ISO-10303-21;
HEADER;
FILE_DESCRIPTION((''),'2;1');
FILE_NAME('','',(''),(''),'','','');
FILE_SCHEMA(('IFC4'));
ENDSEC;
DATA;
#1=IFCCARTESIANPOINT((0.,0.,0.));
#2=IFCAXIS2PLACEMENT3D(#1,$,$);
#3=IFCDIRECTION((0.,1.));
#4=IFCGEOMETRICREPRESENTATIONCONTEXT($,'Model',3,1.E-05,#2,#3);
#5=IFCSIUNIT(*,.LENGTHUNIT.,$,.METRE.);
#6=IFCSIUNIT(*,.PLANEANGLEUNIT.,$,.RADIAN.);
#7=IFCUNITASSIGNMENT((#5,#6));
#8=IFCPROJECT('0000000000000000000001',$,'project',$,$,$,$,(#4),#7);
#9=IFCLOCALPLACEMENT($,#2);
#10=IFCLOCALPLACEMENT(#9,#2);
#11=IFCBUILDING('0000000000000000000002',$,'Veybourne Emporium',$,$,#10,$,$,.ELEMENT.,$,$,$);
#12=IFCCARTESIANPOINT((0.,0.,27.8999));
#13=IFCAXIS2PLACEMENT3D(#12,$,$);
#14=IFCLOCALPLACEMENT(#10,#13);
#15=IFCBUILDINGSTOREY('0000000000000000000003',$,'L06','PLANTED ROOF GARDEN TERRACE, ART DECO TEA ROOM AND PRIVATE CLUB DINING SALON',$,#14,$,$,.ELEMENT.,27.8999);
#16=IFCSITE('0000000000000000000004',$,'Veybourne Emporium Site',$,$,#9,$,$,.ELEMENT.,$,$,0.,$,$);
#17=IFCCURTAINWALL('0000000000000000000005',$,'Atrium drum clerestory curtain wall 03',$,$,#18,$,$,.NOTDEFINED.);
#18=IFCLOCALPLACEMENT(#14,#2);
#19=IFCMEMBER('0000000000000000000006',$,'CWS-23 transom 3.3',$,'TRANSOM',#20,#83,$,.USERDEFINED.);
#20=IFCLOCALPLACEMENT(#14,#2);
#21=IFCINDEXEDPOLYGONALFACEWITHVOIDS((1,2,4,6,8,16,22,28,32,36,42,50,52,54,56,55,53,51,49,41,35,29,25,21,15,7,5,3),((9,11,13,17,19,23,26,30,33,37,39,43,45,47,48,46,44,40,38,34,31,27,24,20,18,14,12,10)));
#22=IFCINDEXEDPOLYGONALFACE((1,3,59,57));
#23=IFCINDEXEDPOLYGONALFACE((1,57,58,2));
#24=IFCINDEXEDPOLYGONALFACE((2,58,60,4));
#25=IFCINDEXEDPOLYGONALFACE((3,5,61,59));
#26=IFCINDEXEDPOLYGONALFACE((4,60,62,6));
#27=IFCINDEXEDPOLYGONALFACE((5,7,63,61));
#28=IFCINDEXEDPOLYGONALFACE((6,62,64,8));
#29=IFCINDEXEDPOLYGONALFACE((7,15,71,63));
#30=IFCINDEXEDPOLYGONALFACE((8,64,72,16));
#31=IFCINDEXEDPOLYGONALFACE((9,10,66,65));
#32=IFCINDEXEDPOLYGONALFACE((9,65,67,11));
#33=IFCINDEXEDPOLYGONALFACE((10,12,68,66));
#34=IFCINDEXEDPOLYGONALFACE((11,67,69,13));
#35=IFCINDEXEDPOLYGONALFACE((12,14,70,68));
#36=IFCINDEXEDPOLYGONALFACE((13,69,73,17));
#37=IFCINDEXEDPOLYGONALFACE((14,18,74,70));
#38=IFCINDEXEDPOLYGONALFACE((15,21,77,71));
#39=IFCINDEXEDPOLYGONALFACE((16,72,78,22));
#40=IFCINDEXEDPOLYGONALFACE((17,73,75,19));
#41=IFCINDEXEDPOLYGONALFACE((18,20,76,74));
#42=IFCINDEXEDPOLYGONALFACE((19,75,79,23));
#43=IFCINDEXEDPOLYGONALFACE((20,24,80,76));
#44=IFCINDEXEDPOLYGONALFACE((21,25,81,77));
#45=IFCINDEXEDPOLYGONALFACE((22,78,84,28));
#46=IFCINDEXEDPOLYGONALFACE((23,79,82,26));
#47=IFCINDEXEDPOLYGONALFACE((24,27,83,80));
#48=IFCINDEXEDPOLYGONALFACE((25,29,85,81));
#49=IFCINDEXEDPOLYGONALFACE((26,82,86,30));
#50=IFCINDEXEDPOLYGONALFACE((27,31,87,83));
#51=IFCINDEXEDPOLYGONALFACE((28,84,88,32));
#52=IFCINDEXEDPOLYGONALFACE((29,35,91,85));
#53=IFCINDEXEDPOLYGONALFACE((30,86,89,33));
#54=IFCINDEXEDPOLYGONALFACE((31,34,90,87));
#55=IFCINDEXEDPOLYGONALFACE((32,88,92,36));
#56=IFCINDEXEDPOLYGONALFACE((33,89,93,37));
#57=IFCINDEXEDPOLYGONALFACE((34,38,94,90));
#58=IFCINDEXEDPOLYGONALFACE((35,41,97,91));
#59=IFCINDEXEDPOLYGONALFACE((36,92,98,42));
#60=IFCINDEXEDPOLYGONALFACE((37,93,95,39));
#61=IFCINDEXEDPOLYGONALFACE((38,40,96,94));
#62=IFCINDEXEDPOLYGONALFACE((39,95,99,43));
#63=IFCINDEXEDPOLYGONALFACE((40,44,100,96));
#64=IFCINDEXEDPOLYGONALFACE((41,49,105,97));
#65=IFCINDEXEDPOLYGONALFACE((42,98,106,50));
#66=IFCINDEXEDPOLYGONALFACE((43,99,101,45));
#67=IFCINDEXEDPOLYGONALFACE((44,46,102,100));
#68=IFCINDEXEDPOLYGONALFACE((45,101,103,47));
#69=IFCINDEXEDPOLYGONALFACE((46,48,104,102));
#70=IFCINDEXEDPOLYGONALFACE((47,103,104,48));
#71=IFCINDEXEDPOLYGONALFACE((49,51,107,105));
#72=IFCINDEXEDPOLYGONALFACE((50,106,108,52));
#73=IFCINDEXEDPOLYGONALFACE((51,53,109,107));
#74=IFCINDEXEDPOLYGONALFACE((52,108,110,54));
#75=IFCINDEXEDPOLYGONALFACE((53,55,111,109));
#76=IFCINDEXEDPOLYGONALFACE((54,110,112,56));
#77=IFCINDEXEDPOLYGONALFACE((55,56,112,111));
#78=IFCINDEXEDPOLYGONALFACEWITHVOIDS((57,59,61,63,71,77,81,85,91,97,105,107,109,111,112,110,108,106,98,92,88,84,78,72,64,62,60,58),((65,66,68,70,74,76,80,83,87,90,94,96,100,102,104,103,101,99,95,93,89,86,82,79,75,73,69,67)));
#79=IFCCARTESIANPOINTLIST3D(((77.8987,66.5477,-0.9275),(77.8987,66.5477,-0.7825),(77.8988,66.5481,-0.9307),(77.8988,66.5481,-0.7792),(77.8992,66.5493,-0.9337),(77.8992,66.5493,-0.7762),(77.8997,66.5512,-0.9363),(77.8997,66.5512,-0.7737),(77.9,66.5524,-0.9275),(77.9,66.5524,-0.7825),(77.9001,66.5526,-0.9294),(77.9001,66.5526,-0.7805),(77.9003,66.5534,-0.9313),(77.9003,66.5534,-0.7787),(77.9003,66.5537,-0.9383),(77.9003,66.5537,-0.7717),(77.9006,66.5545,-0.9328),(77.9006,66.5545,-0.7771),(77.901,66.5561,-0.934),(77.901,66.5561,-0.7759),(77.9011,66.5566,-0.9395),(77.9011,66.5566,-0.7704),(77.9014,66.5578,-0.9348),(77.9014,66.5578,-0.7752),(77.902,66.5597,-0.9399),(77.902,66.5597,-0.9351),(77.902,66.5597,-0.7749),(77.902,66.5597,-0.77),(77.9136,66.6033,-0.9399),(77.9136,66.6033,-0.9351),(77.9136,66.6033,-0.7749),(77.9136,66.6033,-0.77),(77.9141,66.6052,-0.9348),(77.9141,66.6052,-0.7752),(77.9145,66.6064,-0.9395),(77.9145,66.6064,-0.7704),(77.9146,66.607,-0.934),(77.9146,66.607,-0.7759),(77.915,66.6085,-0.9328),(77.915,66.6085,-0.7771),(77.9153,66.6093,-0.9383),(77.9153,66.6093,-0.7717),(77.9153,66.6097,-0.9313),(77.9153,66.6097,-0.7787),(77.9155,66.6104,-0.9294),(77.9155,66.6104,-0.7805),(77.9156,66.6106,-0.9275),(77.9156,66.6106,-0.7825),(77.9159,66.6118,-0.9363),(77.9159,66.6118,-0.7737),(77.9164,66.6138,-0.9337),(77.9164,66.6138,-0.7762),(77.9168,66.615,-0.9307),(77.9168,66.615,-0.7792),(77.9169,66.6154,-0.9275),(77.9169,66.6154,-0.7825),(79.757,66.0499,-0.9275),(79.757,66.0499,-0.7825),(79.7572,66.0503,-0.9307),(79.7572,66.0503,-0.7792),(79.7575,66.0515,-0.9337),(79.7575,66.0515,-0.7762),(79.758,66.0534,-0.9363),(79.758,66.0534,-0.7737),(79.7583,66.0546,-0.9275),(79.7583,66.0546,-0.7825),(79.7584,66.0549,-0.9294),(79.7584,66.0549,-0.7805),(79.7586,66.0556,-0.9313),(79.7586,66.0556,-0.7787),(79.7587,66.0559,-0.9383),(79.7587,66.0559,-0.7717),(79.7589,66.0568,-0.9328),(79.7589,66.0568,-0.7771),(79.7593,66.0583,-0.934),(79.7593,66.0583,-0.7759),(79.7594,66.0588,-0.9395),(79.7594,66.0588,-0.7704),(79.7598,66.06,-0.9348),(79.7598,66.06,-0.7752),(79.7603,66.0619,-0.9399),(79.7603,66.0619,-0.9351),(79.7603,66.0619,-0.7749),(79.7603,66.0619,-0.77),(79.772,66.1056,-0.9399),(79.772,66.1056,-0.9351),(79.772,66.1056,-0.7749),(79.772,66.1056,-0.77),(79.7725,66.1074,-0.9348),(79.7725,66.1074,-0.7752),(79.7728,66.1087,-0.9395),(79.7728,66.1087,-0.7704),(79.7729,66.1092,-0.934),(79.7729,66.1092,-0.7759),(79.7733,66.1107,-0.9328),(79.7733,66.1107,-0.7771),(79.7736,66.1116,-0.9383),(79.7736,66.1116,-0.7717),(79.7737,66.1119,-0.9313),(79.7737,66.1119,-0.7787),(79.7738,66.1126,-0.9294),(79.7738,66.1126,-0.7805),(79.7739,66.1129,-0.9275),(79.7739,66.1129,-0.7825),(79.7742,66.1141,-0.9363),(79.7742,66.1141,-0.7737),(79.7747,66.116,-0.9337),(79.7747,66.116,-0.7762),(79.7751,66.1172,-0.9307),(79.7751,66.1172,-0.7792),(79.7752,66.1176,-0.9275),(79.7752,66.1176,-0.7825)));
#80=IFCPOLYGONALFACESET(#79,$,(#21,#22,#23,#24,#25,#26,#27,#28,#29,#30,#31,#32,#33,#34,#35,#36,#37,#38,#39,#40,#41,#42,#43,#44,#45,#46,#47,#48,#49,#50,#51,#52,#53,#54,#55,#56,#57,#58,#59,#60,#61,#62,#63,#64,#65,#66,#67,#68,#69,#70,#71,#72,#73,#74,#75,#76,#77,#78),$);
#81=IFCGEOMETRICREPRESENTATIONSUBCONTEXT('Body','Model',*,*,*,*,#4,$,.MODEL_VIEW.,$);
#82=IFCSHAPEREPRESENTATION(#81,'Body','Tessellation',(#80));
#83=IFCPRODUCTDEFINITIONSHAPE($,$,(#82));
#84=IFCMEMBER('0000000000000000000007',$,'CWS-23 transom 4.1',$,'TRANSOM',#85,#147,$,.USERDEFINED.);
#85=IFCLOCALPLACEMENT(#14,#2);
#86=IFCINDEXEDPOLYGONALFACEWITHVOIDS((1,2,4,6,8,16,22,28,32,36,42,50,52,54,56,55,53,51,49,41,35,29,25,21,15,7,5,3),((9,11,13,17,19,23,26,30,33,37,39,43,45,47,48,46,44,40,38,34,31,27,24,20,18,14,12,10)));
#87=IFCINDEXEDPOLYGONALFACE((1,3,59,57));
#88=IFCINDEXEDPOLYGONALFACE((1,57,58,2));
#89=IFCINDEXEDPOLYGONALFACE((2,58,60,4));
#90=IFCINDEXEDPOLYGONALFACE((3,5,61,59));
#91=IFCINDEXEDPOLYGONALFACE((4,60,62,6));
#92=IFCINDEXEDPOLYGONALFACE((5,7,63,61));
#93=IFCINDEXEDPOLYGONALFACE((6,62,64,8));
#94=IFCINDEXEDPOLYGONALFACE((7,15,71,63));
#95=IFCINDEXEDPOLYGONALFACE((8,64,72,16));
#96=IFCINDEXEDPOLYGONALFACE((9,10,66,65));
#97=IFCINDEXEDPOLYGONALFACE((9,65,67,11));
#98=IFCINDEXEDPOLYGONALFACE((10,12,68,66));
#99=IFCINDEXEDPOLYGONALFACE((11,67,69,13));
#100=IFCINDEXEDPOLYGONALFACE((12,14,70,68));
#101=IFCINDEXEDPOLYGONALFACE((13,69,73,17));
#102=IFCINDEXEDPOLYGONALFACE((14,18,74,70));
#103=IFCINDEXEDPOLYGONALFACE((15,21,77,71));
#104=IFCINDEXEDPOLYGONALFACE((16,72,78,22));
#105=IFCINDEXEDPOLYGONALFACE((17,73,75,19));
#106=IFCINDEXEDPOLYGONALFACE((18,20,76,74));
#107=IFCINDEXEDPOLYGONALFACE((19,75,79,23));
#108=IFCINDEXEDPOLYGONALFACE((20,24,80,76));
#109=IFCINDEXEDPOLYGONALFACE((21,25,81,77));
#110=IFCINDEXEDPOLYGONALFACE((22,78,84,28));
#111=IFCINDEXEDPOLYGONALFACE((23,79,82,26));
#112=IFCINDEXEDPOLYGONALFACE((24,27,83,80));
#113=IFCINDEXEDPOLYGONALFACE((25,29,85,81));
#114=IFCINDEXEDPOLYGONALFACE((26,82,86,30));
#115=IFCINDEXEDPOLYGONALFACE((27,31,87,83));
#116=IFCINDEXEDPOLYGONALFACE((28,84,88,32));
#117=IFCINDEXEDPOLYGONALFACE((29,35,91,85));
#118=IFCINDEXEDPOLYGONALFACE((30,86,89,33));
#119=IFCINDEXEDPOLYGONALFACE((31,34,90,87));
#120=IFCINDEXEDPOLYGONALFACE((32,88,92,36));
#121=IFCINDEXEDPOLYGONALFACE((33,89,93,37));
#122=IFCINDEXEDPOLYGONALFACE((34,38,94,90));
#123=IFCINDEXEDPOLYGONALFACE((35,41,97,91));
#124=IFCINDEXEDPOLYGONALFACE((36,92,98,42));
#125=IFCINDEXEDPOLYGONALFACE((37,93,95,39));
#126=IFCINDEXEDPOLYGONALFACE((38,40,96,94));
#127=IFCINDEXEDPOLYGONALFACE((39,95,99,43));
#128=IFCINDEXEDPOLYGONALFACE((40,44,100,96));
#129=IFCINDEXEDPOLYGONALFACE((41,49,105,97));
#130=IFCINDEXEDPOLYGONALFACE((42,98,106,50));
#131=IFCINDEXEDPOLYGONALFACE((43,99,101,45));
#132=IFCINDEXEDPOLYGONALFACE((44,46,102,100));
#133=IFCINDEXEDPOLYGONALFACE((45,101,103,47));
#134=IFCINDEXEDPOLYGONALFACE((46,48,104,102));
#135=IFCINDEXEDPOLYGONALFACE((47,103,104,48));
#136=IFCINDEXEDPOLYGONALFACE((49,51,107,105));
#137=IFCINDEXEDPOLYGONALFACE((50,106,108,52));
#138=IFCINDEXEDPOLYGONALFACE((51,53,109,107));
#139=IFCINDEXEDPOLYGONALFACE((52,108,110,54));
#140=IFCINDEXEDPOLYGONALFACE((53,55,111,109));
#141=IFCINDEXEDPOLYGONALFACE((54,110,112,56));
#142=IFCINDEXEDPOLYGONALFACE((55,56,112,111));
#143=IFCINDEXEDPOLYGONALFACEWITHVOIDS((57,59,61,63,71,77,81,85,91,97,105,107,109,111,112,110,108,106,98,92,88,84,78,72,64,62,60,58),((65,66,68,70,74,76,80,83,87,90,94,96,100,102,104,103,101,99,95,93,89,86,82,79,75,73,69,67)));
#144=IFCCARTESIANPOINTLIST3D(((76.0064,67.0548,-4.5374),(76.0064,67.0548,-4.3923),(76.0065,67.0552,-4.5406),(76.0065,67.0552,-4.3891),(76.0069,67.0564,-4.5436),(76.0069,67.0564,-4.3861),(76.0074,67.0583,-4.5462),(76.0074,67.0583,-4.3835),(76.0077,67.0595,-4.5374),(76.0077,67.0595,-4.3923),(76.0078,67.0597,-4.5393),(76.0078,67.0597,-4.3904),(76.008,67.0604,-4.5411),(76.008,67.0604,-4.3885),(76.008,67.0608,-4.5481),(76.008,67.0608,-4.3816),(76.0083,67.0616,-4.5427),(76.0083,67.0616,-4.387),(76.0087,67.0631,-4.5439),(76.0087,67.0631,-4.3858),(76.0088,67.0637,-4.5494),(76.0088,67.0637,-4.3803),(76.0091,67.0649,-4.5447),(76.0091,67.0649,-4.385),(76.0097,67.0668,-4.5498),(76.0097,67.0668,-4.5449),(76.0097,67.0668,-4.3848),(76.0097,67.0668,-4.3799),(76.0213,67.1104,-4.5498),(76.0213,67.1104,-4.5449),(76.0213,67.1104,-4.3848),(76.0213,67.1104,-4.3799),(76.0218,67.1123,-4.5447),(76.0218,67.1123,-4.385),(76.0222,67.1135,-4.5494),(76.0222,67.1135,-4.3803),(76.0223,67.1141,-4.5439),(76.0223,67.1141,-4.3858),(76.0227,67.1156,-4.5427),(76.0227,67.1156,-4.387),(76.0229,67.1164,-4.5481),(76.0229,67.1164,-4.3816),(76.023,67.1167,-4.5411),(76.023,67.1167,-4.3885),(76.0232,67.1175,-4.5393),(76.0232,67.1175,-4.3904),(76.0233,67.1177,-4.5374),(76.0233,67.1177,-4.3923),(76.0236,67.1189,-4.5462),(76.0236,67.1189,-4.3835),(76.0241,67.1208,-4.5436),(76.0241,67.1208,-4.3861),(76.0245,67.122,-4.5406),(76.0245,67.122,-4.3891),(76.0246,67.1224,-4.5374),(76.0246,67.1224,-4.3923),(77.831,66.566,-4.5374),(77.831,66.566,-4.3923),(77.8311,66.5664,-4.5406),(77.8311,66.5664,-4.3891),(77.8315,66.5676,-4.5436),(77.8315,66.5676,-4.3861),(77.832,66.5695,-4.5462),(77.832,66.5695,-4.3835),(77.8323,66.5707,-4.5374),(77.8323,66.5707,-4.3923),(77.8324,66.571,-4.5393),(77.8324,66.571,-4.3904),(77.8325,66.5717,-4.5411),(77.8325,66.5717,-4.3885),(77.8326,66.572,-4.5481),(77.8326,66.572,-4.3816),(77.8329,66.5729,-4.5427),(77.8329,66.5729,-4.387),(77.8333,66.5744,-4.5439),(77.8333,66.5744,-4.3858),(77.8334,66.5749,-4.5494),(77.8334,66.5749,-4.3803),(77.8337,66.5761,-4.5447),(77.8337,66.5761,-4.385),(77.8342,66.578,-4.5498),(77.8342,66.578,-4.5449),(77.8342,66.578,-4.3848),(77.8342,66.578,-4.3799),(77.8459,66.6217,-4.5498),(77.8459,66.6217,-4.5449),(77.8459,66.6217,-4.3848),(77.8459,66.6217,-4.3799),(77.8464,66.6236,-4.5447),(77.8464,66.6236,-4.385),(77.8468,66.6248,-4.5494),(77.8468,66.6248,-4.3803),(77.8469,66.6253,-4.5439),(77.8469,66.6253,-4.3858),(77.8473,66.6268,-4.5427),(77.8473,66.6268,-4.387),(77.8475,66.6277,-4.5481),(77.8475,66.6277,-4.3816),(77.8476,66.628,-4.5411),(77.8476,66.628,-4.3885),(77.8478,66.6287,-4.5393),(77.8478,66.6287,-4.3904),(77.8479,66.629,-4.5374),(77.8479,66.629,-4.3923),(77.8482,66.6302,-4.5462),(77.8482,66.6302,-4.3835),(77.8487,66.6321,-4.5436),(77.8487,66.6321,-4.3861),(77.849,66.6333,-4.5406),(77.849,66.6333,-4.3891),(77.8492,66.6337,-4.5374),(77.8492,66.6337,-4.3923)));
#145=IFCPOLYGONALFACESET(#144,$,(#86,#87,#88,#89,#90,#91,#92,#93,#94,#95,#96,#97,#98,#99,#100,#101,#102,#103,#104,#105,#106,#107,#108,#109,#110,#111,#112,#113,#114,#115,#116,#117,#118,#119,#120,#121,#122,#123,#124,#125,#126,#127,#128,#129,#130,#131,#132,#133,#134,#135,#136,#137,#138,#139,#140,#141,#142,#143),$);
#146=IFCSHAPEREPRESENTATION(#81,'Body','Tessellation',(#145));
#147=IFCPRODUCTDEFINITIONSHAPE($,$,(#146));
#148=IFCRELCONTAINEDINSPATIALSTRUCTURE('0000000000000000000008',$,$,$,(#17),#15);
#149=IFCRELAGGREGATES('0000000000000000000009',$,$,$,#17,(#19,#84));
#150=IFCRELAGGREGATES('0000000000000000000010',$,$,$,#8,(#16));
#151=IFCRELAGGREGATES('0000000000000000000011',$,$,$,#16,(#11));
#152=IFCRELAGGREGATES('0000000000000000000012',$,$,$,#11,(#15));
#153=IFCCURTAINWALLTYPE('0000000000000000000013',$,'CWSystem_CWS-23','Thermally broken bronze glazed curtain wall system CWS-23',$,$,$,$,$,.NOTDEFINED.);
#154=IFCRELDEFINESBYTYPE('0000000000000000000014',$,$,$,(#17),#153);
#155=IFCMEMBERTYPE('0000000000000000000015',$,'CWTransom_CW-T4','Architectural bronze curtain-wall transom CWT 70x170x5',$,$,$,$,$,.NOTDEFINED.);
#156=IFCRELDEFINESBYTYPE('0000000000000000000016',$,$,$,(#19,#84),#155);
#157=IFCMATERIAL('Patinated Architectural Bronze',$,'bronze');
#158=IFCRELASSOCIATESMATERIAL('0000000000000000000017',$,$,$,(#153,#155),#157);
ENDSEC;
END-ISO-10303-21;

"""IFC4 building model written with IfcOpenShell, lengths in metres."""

from ifc_helpers import new_model, si_unit, direction, frame, origin, origin_2d, place, context, subcontext, project, spatial, hollow_rectangle, extrude, material, material_profile, profile_set, type_object, element, aggregate, save


model = new_model("IFC4")

# Units and contexts
model_context = context("Model", 3, precision=1e-05, world=origin(), true_north=direction((0.0, 1.0)))
body_context = subcontext(model_context, "Body", "Model", "MODEL_VIEW")
ifc_project = project(units=[si_unit("LENGTHUNIT", "METRE"), si_unit("PLANEANGLEUNIT", "RADIAN")], contexts=[model_context])

# Site, building, storey
site_placement = place(None, origin())
site = spatial("IfcSite", under=ifc_project, at=site_placement, Name="Veybourne Emporium Site", CompositionType="ELEMENT", RefElevation=0.0)
building_placement = place(site_placement, origin())
building = spatial("IfcBuilding", under=site, at=building_placement, Name="Veybourne Emporium", CompositionType="ELEMENT")
storey_placement = place(building_placement, frame((0.0, 0.0, 27.8999)))
storey = spatial("IfcBuildingStorey", under=building, at=storey_placement, Name="L06", Description="PLANTED ROOF GARDEN TERRACE, ART DECO TEA ROOM AND PRIVATE CLUB DINING SALON", CompositionType="ELEMENT", Elevation=27.8999)

# Curtain wall
ifc_material_1 = material(Name="Patinated Architectural Bronze", Category="bronze")
curtain_wall_type_1 = type_object("IfcCurtainWallType", Name="CWSystem_CWS-23", Description="Thermally broken bronze glazed curtain wall system CWS-23", PredefinedType="NOTDEFINED", material=ifc_material_1)
curtain_wall_1_placement = place(storey_placement, origin())
curtain_wall_1 = element("IfcCurtainWall", 1, at=curtain_wall_1_placement, inside=storey, type_object=curtain_wall_type_1, Name="Atrium drum clerestory curtain wall 03", PredefinedType="NOTDEFINED")

# Members
ifc_material_profile_1 = material_profile(ifc_material_1, hollow_rectangle(XDim=0.0701, YDim=0.1699, WallThickness=0.0049, InnerFilletRadius=0.0076, OuterFilletRadius=0.0125, at=origin_2d()), Name="CWT 70x170x5")
ifc_profile_set_1 = profile_set([ifc_material_profile_1], Name="Patinated Architectural Bronze")
member_type_1 = type_object("IfcMemberType", Name="CWTransom_CW-T4", Description="Architectural bronze curtain-wall transom CWT 70x170x5", PredefinedType="NOTDEFINED", material=ifc_profile_set_1)
member_1_placement = place(storey_placement, frame((79.7661, 66.0837, -0.855), z_axis=(-0.965946, 0.258745, 0.0), x_axis=(-0.258745, -0.965946, 0.0)))
member_1 = element("IfcMember", 2, at=member_1_placement, type_object=member_type_1, Name="CWS-23 transom 3.3", ObjectType="TRANSOM", PredefinedType="USERDEFINED", context=body_context, shape_type="SweptSolid", body=[
    extrude(hollow_rectangle(XDim=0.0701, YDim=0.1699, WallThickness=0.0049, InnerFilletRadius=0.0076, OuterFilletRadius=0.0125, at=origin_2d()), origin(), (0.0, 0.0, 1.0), 1.9238),
])
member_2_placement = place(storey_placement, frame((77.8401, 66.5999, -4.4648), z_axis=(-0.965947, 0.25874, 0.0), x_axis=(-0.25874, -0.965947, 0.0)))
member_2 = element("IfcMember", 3, at=member_2_placement, type_object=member_type_1, Name="CWS-23 transom 4.1", ObjectType="TRANSOM", PredefinedType="USERDEFINED", context=body_context, shape_type="SweptSolid", body=[
    extrude(hollow_rectangle(XDim=0.0701, YDim=0.1699, WallThickness=0.0049, InnerFilletRadius=0.0076, OuterFilletRadius=0.0125, at=origin_2d()), origin(), (0.0, 0.0, 1.0), 1.8889),
])

aggregate(curtain_wall_1, [member_1, member_2])

save(model, "model.ifc")
